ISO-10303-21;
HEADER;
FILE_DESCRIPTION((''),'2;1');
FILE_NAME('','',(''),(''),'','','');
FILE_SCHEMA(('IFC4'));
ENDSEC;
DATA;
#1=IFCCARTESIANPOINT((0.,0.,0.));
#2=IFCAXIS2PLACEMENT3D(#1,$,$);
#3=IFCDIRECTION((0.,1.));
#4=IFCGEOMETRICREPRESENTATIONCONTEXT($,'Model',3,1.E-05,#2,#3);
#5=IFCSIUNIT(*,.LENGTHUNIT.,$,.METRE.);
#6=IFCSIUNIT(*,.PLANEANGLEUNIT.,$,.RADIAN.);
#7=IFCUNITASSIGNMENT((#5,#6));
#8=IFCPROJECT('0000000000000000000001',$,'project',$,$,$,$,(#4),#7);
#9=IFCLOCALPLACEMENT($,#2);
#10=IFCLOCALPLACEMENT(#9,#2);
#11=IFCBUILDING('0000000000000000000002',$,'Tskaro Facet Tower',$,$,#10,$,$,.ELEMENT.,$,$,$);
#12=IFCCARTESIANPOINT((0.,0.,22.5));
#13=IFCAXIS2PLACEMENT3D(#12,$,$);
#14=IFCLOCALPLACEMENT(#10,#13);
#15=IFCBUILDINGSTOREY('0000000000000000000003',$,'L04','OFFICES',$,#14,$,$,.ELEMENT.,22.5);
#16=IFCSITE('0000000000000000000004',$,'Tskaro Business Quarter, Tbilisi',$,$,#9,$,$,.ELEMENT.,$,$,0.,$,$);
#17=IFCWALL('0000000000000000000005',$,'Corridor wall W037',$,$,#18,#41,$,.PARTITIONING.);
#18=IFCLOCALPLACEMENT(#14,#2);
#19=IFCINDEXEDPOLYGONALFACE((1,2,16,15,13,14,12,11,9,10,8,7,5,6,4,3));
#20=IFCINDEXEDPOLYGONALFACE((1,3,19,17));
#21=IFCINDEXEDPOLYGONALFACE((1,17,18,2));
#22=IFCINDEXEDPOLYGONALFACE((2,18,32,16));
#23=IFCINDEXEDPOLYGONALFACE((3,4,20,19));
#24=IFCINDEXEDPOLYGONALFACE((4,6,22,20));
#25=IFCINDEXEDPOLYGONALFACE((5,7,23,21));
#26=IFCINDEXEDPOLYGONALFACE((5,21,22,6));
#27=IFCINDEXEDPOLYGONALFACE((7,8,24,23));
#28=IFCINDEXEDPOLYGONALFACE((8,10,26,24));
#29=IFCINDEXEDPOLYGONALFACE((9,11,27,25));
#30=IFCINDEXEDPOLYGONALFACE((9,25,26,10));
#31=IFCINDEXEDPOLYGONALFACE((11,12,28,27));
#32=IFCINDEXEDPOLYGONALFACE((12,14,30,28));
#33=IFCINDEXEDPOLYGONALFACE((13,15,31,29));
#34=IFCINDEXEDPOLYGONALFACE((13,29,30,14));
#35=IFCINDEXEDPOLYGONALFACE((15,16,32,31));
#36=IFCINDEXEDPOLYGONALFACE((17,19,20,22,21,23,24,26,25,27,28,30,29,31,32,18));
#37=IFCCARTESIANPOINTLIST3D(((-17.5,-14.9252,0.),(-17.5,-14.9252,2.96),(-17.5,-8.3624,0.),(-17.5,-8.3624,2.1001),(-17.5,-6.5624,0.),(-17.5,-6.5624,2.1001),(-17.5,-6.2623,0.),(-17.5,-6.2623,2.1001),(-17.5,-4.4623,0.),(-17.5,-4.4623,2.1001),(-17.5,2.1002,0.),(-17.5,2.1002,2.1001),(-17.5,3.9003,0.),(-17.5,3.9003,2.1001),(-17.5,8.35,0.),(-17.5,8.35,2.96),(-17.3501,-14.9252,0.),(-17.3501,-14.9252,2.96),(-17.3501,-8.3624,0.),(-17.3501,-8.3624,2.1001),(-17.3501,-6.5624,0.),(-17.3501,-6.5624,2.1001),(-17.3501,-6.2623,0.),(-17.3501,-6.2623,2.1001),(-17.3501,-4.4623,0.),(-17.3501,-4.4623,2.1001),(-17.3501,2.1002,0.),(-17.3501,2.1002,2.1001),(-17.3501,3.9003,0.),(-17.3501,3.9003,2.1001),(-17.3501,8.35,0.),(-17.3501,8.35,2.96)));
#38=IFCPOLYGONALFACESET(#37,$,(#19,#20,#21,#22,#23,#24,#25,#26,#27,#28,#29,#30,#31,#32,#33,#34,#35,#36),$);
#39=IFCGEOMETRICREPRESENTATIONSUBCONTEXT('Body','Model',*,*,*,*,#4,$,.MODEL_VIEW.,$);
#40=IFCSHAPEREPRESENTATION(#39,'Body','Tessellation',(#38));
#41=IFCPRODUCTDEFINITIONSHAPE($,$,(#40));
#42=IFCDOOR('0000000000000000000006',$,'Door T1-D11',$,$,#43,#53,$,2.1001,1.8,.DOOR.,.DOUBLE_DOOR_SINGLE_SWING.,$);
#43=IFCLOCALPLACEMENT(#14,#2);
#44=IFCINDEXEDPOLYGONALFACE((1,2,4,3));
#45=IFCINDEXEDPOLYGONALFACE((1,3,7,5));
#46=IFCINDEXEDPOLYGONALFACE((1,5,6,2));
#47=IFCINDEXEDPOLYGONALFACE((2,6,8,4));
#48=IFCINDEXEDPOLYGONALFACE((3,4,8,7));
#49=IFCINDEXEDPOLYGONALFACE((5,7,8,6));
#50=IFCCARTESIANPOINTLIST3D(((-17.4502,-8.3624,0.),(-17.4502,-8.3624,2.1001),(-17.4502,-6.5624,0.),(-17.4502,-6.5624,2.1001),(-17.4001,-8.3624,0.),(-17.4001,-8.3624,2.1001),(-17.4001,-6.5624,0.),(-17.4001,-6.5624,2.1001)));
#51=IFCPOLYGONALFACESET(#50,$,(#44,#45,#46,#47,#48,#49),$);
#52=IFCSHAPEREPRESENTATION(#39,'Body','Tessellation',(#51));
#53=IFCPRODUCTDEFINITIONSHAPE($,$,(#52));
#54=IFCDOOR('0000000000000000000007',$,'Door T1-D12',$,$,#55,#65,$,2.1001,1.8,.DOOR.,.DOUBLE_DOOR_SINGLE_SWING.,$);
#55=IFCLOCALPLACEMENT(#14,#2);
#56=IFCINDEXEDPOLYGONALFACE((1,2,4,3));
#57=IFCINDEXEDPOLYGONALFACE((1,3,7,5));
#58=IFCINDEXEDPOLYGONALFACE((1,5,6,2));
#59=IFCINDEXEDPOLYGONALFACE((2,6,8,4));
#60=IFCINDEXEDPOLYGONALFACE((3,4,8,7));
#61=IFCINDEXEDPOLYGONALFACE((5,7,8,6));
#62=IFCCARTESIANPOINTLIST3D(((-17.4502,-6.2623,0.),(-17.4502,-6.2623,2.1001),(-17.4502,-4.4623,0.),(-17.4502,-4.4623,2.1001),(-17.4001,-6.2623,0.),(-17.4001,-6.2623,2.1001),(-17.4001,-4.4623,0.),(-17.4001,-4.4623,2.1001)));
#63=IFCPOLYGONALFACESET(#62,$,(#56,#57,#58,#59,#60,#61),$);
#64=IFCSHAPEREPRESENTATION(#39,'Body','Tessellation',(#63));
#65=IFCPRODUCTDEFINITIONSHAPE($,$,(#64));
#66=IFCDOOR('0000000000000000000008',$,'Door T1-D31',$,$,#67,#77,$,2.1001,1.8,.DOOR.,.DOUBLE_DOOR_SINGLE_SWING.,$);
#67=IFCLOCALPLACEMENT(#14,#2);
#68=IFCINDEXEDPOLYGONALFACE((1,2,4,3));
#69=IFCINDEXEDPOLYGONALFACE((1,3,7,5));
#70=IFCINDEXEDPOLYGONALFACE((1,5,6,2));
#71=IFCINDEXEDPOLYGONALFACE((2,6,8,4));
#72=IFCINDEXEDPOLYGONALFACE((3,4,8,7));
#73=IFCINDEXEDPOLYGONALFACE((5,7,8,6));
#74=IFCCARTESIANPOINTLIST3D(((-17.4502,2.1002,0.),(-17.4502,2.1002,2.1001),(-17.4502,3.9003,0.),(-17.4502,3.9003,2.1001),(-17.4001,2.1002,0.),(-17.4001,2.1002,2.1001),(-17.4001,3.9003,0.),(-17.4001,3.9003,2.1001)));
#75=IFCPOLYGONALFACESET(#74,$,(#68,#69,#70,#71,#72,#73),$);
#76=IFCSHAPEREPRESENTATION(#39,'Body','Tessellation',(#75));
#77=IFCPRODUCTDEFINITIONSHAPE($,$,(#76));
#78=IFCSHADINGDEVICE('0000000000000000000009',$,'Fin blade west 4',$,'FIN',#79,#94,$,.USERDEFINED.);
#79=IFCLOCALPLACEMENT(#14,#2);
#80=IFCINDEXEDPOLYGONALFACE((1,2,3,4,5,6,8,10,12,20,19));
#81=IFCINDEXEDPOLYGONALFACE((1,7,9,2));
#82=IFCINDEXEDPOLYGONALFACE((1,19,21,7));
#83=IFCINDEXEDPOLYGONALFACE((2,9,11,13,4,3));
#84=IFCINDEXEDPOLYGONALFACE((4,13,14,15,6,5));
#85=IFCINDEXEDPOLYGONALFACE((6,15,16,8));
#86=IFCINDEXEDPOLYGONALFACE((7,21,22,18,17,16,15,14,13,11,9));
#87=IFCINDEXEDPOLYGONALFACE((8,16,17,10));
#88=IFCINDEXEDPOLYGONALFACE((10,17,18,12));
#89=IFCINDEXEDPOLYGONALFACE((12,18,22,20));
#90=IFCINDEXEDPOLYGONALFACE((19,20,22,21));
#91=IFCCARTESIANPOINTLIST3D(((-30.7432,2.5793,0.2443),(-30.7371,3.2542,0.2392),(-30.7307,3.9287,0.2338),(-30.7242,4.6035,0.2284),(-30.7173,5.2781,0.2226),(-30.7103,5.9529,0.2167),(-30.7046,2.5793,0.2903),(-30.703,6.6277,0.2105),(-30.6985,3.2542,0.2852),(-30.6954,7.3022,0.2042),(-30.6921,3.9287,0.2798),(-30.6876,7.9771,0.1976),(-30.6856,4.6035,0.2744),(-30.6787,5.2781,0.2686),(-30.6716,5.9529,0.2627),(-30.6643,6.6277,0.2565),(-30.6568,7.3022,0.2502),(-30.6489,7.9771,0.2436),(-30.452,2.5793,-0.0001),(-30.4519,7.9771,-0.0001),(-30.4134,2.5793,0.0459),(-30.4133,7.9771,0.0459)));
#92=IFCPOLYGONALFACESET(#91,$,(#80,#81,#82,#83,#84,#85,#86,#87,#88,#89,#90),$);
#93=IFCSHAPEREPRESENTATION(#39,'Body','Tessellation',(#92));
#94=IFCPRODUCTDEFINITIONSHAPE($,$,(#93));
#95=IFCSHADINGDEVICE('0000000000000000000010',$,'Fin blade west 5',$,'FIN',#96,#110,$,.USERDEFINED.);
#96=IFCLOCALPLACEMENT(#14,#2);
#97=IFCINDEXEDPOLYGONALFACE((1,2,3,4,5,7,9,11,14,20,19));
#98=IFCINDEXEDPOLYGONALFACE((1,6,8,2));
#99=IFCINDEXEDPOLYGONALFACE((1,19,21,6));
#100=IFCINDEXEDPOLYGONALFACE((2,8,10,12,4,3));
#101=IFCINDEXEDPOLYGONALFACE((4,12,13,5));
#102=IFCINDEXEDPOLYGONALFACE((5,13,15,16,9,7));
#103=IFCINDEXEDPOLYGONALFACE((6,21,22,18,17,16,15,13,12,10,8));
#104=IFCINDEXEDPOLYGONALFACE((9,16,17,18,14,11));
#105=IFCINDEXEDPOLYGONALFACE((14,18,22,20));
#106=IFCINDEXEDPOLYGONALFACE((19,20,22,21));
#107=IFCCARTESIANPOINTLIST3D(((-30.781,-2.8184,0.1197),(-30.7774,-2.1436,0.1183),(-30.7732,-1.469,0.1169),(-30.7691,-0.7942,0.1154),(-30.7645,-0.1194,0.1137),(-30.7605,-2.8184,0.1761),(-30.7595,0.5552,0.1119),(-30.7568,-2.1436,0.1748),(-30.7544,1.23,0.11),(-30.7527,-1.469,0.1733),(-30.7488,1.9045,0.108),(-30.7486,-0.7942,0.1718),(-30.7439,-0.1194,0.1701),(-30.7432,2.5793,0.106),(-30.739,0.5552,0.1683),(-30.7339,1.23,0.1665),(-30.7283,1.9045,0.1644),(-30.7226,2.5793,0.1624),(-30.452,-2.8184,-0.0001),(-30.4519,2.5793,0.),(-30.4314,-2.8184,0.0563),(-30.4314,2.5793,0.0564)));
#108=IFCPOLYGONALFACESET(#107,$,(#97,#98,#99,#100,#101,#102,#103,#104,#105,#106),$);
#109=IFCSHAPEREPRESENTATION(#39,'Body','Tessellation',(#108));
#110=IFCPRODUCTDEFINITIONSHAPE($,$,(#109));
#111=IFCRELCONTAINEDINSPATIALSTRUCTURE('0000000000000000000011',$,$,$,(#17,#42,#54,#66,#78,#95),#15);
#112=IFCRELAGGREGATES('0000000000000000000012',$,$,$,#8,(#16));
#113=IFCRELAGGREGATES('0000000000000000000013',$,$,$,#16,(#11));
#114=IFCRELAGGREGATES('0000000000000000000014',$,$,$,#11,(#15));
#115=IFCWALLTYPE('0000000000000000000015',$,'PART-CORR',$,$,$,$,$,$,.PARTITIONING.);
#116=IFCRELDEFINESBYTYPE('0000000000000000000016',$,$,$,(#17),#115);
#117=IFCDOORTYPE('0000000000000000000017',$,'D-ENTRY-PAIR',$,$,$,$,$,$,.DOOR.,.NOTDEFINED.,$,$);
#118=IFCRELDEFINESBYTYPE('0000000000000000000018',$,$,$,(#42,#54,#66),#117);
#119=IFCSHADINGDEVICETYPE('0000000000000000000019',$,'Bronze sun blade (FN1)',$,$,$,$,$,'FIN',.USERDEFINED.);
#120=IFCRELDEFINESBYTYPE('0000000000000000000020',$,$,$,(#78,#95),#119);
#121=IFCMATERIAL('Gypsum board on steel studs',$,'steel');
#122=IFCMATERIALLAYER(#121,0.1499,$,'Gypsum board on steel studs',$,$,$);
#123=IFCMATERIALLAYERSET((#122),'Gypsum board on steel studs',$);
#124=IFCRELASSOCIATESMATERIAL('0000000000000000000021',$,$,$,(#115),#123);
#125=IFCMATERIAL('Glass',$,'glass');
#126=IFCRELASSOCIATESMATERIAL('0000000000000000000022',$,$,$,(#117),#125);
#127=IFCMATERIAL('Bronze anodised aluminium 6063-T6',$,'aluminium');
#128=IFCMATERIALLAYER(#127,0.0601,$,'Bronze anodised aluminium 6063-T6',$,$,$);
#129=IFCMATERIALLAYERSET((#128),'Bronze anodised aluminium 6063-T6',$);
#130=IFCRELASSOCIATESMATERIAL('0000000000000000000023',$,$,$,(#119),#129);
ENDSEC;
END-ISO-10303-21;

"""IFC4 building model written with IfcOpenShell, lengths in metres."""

from ifc_helpers import new_model, si_unit, direction, frame, frame_2d, origin, place, context, subcontext, project, spatial, polyline, rectangle, outline, extrude, material, layer, layer_set, type_object, element, fill, save


model = new_model("IFC4")

# Units and contexts
model_context = context("Model", 3, precision=1e-05, world=origin(), true_north=direction((0.0, 1.0)))
body_context = subcontext(model_context, "Body", "Model", "MODEL_VIEW")
ifc_project = project(units=[si_unit("LENGTHUNIT", "METRE"), si_unit("PLANEANGLEUNIT", "RADIAN")], contexts=[model_context])

# Site, building, storey
site_placement = place(None, origin())
site = spatial("IfcSite", under=ifc_project, at=site_placement, Name="Tskaro Business Quarter, Tbilisi", CompositionType="ELEMENT", RefElevation=0.0)
building_placement = place(site_placement, origin())
building = spatial("IfcBuilding", under=site, at=building_placement, Name="Tskaro Facet Tower", CompositionType="ELEMENT")
storey_placement = place(building_placement, frame((0.0, 0.0, 22.5)))
storey = spatial("IfcBuildingStorey", under=building, at=storey_placement, Name="L04", Description="OFFICES", CompositionType="ELEMENT", Elevation=22.5)

# Shared definitions
ifc_material_1 = material(Name="Bronze anodised aluminium 6063-T6", Category="aluminium")

# Shared definitions
ifc_material_2 = material(Name="Gypsum board on steel studs", Category="steel")

# Wall, openings, doors
ifc_layer_1 = layer(ifc_material_2, 0.1499, Name="Gypsum board on steel studs")
ifc_layer_set_1 = layer_set([ifc_layer_1], Name="Gypsum board on steel studs")
wall_type_1 = type_object("IfcWallType", Name="PART-CORR", PredefinedType="PARTITIONING", material=ifc_layer_set_1)
wall_1_placement = place(storey_placement, frame((-17.425, 8.3501, 0.0), z_axis=(0.0, 0.0, 1.0), x_axis=(0.0, -1.0, 0.0)))
wall_1 = element("IfcWall", 1, at=wall_1_placement, inside=storey, type_object=wall_type_1, Name="Corridor wall W037", PredefinedType="PARTITIONING", context=body_context, shape_type="SweptSolid", body=[
    extrude(rectangle(XDim=23.2751, YDim=0.1499, at=frame_2d((11.6377, 0.0))), origin(), (0.0, 0.0, 1.0), 2.96),
])
opening_1_placement = place(wall_1_placement, frame((14.9126, 0.0, 0.0)))
opening_1 = element("IfcOpeningElement", 2, at=opening_1_placement, cuts=wall_1, PredefinedType="OPENING", context=body_context, shape_type="SweptSolid", body=[
    extrude(rectangle(XDim=1.8, YDim=2.1001, at=frame_2d((0.8999, 1.05))), frame((0.0, 0.085, 0.0), z_axis=(0.0, -1.0, 0.0), x_axis=(1.0, 0.0, 0.0)), (0.0, 0.0, 1.0), 0.1699),
])
opening_2_placement = place(wall_1_placement, frame((12.8125, 0.0, 0.0)))
opening_2 = element("IfcOpeningElement", 3, at=opening_2_placement, cuts=wall_1, PredefinedType="OPENING", context=body_context, shape_type="SweptSolid", body=[
    extrude(rectangle(XDim=1.8, YDim=2.1001, at=frame_2d((0.8999, 1.05))), frame((0.0, 0.085, 0.0), z_axis=(0.0, -1.0, 0.0), x_axis=(1.0, 0.0, 0.0)), (0.0, 0.0, 1.0), 0.1699),
])
opening_3_placement = place(wall_1_placement, frame((4.45, 0.0, 0.0)))
opening_3 = element("IfcOpeningElement", 4, at=opening_3_placement, cuts=wall_1, PredefinedType="OPENING", context=body_context, shape_type="SweptSolid", body=[
    extrude(rectangle(XDim=1.8, YDim=2.1001, at=frame_2d((0.8999, 1.05))), frame((0.0, 0.085, 0.0), z_axis=(0.0, -1.0, 0.0), x_axis=(1.0, 0.0, 0.0)), (0.0, 0.0, 1.0), 0.1699),
])
ifc_material_3 = material(Name="Glass", Category="glass")
door_type = type_object("IfcDoorType", Name="D-ENTRY-PAIR", OperationType="NOTDEFINED", PredefinedType="DOOR", material=ifc_material_3)
door_1_placement = place(opening_1_placement, origin())
door_1 = element("IfcDoor", 5, at=door_1_placement, inside=storey, type_object=door_type, Name="Door T1-D11", OperationType="DOUBLE_DOOR_SINGLE_SWING", OverallHeight=2.1001, OverallWidth=1.8, PredefinedType="DOOR", context=body_context, shape_type="SweptSolid", body=[
    extrude(rectangle(XDim=1.8, YDim=2.1001, at=frame_2d((0.8999, 1.05))), frame((0.0, 0.0249, 0.0), z_axis=(0.0, -1.0, 0.0), x_axis=(1.0, 0.0, 0.0)), (0.0, 0.0, 1.0), 0.05),
])
fill(opening_1, door_1)
door_2_placement = place(opening_2_placement, origin())
door_2 = element("IfcDoor", 6, at=door_2_placement, inside=storey, type_object=door_type, Name="Door T1-D12", OperationType="DOUBLE_DOOR_SINGLE_SWING", OverallHeight=2.1001, OverallWidth=1.8, PredefinedType="DOOR", context=body_context, shape_type="SweptSolid", body=[
    extrude(rectangle(XDim=1.8, YDim=2.1001, at=frame_2d((0.8999, 1.05))), frame((0.0, 0.0249, 0.0), z_axis=(0.0, -1.0, 0.0), x_axis=(1.0, 0.0, 0.0)), (0.0, 0.0, 1.0), 0.05),
])
fill(opening_2, door_2)
door_3_placement = place(opening_3_placement, origin())
door_3 = element("IfcDoor", 7, at=door_3_placement, inside=storey, type_object=door_type, Name="Door T1-D31", OperationType="DOUBLE_DOOR_SINGLE_SWING", OverallHeight=2.1001, OverallWidth=1.8, PredefinedType="DOOR", context=body_context, shape_type="SweptSolid", body=[
    extrude(rectangle(XDim=1.8, YDim=2.1001, at=frame_2d((0.8999, 1.05))), frame((0.0, 0.0249, 0.0), z_axis=(0.0, -1.0, 0.0), x_axis=(1.0, 0.0, 0.0)), (0.0, 0.0, 1.0), 0.05),
])
fill(opening_3, door_3)

# Shading devices
ifc_layer_2 = layer(ifc_material_1, 0.0601, Name="Bronze anodised aluminium 6063-T6")
ifc_layer_set_2 = layer_set([ifc_layer_2], Name="Bronze anodised aluminium 6063-T6")
shading_device_type = type_object("IfcShadingDeviceType", Name="Bronze sun blade (FN1)", ElementType="FIN", PredefinedType="USERDEFINED", material=ifc_layer_set_2)
shading_device_1_placement = place(storey_placement, frame((-30.4133, 7.9771, 0.0459), z_axis=(0.642847, -0.000006, 0.765994), x_axis=(-0.000004, -1.0, -0.000005)))
element("IfcShadingDevice", 8, at=shading_device_1_placement, inside=storey, type_object=shading_device_type, Name="Fin blade west 4", ObjectType="FIN", PredefinedType="USERDEFINED", context=body_context, shape_type="SweptSolid", body=[
    extrude(outline(polyline([(0.0, 0.0), (5.3977, 0.0), (5.3977, -0.3802), (4.7229, -0.3722), (4.0483, -0.3639), (3.3735, -0.3554), (2.699, -0.3464), (2.0242, -0.3372), (1.3494, -0.3277), (0.6748, -0.3178), (0.0, -0.3076), (0.0, 0.0)])), origin(), (0.0, 0.0, -1.0), 0.0601),
])
shading_device_2_placement = place(storey_placement, frame((-30.4314, 2.5793, 0.0564), z_axis=(0.341987, -0.00001, 0.939705), x_axis=(-0.000003, -1.0, -0.000009)))
element("IfcShadingDevice", 9, at=shading_device_2_placement, inside=storey, type_object=shading_device_type, Name="Fin blade west 5", ObjectType="FIN", PredefinedType="USERDEFINED", context=body_context, shape_type="SweptSolid", body=[
    extrude(outline(polyline([(0.0, 0.0), (5.3977, 0.0), (5.3977, -0.3502), (4.7229, -0.3463), (4.0483, -0.3419), (3.3735, -0.3375), (2.6987, -0.3326), (2.0242, -0.3273), (1.3494, -0.3219), (0.6748, -0.316), (0.0, -0.3099), (0.0, 0.0)])), origin(), (0.0, 0.0, -1.0), 0.0601),
])

save(model, "model.ifc")
